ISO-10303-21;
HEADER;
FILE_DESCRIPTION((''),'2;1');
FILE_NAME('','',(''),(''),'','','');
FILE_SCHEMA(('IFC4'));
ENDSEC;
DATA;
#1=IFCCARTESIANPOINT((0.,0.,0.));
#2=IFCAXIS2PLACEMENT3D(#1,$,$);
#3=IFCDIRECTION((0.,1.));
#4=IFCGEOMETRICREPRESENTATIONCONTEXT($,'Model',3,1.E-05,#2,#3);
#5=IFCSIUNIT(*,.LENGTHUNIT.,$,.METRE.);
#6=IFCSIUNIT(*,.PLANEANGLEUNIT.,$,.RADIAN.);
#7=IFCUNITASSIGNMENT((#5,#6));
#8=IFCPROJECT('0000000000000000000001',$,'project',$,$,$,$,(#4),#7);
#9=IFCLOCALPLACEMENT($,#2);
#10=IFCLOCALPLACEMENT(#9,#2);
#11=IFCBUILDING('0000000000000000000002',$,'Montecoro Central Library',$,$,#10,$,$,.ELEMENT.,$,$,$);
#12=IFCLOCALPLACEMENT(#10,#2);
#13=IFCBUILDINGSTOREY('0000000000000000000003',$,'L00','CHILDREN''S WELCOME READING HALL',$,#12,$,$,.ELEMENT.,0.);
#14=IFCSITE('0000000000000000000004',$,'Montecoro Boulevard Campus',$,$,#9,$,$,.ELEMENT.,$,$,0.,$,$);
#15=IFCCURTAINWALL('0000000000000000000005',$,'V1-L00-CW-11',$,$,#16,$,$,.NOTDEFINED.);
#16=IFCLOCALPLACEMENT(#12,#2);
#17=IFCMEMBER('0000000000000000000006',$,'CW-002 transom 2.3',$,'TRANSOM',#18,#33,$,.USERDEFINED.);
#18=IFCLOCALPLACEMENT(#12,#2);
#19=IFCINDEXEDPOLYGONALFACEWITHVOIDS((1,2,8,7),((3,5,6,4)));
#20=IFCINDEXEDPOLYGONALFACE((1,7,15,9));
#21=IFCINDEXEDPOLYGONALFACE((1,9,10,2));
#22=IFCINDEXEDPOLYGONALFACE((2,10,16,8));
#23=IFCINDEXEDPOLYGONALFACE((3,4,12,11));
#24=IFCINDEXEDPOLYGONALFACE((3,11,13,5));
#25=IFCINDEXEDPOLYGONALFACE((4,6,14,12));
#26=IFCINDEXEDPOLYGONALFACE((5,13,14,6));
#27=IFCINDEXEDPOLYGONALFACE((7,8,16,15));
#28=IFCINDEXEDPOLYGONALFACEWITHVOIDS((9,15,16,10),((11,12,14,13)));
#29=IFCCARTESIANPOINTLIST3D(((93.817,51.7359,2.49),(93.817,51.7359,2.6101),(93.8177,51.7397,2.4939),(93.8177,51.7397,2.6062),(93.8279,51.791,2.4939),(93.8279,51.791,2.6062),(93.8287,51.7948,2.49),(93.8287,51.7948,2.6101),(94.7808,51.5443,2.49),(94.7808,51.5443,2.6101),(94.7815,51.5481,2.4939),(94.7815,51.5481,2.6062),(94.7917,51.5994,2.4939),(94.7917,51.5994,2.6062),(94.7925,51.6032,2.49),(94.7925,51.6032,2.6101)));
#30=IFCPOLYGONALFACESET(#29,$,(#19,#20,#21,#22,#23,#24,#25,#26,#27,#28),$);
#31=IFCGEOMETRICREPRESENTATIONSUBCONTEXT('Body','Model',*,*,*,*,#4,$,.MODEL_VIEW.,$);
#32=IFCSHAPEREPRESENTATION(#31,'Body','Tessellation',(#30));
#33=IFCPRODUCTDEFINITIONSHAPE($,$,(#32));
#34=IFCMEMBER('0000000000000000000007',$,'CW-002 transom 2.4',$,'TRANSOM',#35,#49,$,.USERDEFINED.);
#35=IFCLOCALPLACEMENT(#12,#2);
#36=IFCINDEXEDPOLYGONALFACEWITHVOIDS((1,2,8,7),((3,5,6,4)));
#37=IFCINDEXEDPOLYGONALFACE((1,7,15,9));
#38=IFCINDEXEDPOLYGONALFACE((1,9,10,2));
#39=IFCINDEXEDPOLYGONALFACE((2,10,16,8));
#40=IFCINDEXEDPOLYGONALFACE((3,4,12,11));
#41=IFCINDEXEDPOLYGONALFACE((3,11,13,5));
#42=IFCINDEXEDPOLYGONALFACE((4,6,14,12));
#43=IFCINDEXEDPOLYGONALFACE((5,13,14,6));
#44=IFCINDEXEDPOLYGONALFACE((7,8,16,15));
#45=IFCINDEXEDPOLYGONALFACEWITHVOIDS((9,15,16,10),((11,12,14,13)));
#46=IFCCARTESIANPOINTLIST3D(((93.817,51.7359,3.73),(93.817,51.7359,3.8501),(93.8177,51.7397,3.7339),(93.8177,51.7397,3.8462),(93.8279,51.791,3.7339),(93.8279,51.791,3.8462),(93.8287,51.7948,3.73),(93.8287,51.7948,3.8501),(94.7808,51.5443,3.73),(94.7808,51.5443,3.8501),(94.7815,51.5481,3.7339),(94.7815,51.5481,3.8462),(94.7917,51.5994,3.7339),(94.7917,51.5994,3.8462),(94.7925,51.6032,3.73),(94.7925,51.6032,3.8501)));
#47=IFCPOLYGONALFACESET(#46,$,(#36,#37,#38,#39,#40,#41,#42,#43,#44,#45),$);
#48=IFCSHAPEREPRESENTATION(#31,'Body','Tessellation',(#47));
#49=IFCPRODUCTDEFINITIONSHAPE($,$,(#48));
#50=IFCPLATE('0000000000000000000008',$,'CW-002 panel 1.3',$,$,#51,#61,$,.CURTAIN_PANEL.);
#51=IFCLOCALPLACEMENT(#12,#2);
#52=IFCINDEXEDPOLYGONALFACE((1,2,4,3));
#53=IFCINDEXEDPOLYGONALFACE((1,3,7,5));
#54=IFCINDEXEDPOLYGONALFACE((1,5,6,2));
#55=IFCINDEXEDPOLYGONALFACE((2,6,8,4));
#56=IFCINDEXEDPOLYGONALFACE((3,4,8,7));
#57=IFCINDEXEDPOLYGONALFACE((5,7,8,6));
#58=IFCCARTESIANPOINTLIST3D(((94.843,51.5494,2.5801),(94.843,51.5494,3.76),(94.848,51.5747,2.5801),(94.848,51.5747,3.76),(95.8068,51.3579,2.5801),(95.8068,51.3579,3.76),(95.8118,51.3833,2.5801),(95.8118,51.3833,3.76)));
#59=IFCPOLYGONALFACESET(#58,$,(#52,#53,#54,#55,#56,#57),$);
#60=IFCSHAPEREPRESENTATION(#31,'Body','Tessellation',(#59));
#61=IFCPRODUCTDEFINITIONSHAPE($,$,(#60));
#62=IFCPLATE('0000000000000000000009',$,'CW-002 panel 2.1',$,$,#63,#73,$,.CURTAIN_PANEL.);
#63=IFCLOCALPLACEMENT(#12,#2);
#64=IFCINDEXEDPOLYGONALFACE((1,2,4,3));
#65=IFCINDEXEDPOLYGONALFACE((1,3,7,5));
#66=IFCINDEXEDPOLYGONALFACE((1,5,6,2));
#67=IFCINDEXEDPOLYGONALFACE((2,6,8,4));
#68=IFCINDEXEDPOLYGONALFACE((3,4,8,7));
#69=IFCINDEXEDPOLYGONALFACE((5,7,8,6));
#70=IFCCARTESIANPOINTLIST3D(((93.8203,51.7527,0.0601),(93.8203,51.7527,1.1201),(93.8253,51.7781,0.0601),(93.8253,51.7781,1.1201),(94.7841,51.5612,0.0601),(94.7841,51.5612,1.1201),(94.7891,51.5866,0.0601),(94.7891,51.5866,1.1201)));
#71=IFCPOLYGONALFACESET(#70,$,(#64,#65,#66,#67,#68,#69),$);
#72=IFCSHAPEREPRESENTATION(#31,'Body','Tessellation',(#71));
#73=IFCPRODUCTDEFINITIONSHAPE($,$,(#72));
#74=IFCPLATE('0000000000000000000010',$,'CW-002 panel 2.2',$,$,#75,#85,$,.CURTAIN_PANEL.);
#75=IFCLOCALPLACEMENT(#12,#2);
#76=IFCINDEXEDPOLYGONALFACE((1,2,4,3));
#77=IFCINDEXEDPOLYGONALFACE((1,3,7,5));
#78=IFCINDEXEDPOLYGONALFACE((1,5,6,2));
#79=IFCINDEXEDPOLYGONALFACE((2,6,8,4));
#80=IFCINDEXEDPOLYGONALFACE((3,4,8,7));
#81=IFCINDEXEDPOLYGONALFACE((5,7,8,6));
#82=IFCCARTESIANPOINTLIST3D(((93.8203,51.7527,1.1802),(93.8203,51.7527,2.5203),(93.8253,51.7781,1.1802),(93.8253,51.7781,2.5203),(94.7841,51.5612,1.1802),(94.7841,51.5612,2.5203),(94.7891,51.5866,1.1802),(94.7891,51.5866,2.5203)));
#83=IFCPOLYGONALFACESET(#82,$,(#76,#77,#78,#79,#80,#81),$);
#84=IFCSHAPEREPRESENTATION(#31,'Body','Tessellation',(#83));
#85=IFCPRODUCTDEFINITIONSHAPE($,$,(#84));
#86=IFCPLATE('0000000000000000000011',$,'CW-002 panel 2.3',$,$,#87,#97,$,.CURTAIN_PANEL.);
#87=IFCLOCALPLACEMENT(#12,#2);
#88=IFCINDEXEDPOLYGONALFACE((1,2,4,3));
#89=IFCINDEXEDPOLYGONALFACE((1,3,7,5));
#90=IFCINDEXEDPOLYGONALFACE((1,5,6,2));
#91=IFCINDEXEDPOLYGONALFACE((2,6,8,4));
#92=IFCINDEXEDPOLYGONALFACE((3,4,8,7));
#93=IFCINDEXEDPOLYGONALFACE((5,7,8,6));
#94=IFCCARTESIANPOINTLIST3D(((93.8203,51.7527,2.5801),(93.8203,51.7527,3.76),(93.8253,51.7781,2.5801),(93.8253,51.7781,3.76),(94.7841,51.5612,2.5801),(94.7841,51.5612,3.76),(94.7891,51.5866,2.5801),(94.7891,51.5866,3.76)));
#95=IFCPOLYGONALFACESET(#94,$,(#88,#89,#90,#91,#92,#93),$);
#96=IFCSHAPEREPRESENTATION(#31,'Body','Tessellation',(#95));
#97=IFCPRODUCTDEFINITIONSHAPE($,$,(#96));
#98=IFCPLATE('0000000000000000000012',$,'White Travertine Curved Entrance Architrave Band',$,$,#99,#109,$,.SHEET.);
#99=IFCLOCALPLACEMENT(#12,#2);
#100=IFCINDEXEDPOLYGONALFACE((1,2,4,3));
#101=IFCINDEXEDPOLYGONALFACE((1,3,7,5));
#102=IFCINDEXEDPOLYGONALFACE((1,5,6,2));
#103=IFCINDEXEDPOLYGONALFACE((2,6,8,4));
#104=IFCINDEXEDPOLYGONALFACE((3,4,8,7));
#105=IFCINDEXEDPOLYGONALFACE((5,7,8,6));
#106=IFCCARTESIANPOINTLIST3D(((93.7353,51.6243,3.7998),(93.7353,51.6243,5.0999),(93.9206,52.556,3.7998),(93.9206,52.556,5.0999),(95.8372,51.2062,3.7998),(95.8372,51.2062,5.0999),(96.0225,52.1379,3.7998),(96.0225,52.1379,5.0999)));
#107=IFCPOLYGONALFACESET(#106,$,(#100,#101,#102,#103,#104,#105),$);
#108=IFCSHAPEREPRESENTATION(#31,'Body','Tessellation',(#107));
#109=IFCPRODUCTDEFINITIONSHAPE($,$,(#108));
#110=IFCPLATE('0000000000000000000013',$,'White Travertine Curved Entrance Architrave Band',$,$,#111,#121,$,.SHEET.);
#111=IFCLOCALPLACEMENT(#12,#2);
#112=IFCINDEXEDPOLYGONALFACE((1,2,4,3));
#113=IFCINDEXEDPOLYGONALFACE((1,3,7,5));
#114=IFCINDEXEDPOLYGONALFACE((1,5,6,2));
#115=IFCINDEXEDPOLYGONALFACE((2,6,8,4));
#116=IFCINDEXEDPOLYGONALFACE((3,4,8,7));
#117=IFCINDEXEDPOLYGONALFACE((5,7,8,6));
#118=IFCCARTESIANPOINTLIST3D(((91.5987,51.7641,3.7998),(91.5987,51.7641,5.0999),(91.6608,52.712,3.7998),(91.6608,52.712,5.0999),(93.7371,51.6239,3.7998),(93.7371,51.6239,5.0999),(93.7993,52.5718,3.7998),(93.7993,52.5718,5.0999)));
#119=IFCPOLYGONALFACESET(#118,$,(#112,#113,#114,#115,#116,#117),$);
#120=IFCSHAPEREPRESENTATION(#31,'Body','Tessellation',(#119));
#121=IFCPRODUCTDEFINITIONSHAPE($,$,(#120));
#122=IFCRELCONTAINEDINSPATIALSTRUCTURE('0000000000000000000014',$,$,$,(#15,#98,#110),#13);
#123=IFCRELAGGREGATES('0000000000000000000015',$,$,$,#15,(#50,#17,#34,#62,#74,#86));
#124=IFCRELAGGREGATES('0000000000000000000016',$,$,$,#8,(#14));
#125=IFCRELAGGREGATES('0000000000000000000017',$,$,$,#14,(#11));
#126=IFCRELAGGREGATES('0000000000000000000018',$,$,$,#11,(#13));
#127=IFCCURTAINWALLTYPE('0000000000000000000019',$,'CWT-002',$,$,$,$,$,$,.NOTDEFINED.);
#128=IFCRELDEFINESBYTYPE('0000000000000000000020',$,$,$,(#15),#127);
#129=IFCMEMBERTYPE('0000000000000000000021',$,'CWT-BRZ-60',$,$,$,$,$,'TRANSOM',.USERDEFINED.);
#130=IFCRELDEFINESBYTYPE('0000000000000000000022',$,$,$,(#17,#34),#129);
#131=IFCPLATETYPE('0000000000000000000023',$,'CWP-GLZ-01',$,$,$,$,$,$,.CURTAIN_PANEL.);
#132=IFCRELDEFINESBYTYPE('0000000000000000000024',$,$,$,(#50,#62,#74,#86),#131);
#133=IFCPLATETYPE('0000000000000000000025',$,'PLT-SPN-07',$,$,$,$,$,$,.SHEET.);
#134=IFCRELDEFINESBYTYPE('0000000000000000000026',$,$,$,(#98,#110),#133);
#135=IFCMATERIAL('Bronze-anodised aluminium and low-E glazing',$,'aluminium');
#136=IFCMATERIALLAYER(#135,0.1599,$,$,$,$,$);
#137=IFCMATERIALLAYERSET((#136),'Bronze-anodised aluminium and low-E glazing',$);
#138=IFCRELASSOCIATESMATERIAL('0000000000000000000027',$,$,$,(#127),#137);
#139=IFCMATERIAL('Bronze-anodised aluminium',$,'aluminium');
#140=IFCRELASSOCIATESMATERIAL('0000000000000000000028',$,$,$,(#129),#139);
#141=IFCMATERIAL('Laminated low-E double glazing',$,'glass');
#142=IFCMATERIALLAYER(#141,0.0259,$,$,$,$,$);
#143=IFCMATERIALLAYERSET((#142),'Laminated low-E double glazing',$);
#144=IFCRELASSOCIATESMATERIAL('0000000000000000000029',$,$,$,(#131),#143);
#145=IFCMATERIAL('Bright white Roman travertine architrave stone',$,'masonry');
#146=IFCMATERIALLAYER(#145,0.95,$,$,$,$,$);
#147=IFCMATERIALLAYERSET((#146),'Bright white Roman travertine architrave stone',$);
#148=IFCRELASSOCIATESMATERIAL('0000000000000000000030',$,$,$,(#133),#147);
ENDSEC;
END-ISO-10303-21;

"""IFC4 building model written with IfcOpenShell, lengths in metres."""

from ifc_helpers import new_model, si_unit, direction, frame, origin, origin_2d, place, context, subcontext, project, spatial, rectangle, hollow_rectangle, extrude, material, layer, layer_set, material_profile, profile_set, type_object, element, aggregate, save


model = new_model("IFC4")

# Units and contexts
model_context = context("Model", 3, precision=1e-05, world=origin(), true_north=direction((0.0, 1.0)))
body_context = subcontext(model_context, "Body", "Model", "MODEL_VIEW")
ifc_project = project(units=[si_unit("LENGTHUNIT", "METRE"), si_unit("PLANEANGLEUNIT", "RADIAN")], contexts=[model_context])

# Site, building, storey
site_placement = place(None, origin())
site = spatial("IfcSite", under=ifc_project, at=site_placement, Name="Montecoro Boulevard Campus", CompositionType="ELEMENT", RefElevation=0.0)
building_placement = place(site_placement, origin())
building = spatial("IfcBuilding", under=site, at=building_placement, Name="Montecoro Central Library", CompositionType="ELEMENT")
storey_placement = place(building_placement, origin())
storey = spatial("IfcBuildingStorey", under=building, at=storey_placement, Name="L00", Description="CHILDREN'S WELCOME READING HALL", CompositionType="ELEMENT", Elevation=0.0)

# Curtain wall, members, plates
ifc_material_1 = material(Name="Bronze-anodised aluminium and low-E glazing", Category="aluminium")
ifc_layer_1 = layer(ifc_material_1, 0.1599)
ifc_layer_set_1 = layer_set([ifc_layer_1], Name="Bronze-anodised aluminium and low-E glazing")
curtain_wall_type = type_object("IfcCurtainWallType", Name="CWT-002", PredefinedType="NOTDEFINED", material=ifc_layer_set_1)
curtain_wall_placement = place(storey_placement, origin())
curtain_wall = element("IfcCurtainWall", 1, at=curtain_wall_placement, inside=storey, type_object=curtain_wall_type, Name="V1-L00-CW-11", PredefinedType="NOTDEFINED")
ifc_material_2 = material(Name="Bronze-anodised aluminium", Category="aluminium")
ifc_material_profile_1 = material_profile(ifc_material_2, hollow_rectangle(XDim=0.0601, YDim=0.1201, WallThickness=0.0039, at=origin_2d()), Name="CWT 120x60x4.0")
ifc_profile_set_1 = profile_set([ifc_material_profile_1], Name="Bronze-anodised aluminium")
member_type_1 = type_object("IfcMemberType", Name="CWT-BRZ-60", ElementType="TRANSOM", PredefinedType="USERDEFINED", material=ifc_profile_set_1)
member_1_placement = place(storey_placement, frame((94.7866, 51.5737, 2.55), z_axis=(-0.9808, 0.195017, 0.0), x_axis=(-0.195017, -0.9808, 0.0)))
member_1 = element("IfcMember", 2, at=member_1_placement, type_object=member_type_1, Name="CW-002 transom 2.3", ObjectType="TRANSOM", PredefinedType="USERDEFINED", context=body_context, shape_type="SweptSolid", body=[
    extrude(hollow_rectangle(XDim=0.0601, YDim=0.1201, WallThickness=0.0039, at=origin_2d()), origin(), (0.0, 0.0, 1.0), 0.9827),
])
member_2_placement = place(storey_placement, frame((94.7866, 51.5737, 3.79), z_axis=(-0.9808, 0.195017, 0.0), x_axis=(-0.195017, -0.9808, 0.0)))
member_2 = element("IfcMember", 3, at=member_2_placement, type_object=member_type_1, Name="CW-002 transom 2.4", ObjectType="TRANSOM", PredefinedType="USERDEFINED", context=body_context, shape_type="SweptSolid", body=[
    extrude(hollow_rectangle(XDim=0.0601, YDim=0.1201, WallThickness=0.0039, at=origin_2d()), origin(), (0.0, 0.0, 1.0), 0.9827),
])
ifc_material_3 = material(Name="Laminated low-E double glazing", Category="glass")
ifc_layer_2 = layer(ifc_material_3, 0.0259)
ifc_layer_set_2 = layer_set([ifc_layer_2], Name="Laminated low-E double glazing")
plate_type_1 = type_object("IfcPlateType", Name="CWP-GLZ-01", PredefinedType="CURTAIN_PANEL", material=ifc_layer_set_2)
plate_1_placement = place(storey_placement, frame((95.3274, 51.4663, 2.5801), z_axis=(0.0, 0.0, 1.0), x_axis=(-0.980831, 0.194861, 0.0)))
plate_1 = element("IfcPlate", 4, at=plate_1_placement, type_object=plate_type_1, Name="CW-002 panel 1.3", PredefinedType="CURTAIN_PANEL", context=body_context, shape_type="SweptSolid", body=[
    extrude(rectangle(XDim=0.9827, YDim=0.0259, at=origin_2d()), origin(), (0.0, 0.0, 1.0), 1.1799),
])
plate_2_placement = place(storey_placement, frame((94.3047, 51.6697, 0.0601), z_axis=(0.0, 0.0, 1.0), x_axis=(-0.980831, 0.194861, 0.0)))
plate_2 = element("IfcPlate", 5, at=plate_2_placement, type_object=plate_type_1, Name="CW-002 panel 2.1", PredefinedType="CURTAIN_PANEL", context=body_context, shape_type="SweptSolid", body=[
    extrude(rectangle(XDim=0.9827, YDim=0.0259, at=origin_2d()), origin(), (0.0, 0.0, 1.0), 1.0601),
])
plate_3_placement = place(storey_placement, frame((94.3047, 51.6697, 1.1802), z_axis=(0.0, 0.0, 1.0), x_axis=(-0.980831, 0.194861, 0.0)))
plate_3 = element("IfcPlate", 6, at=plate_3_placement, type_object=plate_type_1, Name="CW-002 panel 2.2", PredefinedType="CURTAIN_PANEL", context=body_context, shape_type="SweptSolid", body=[
    extrude(rectangle(XDim=0.9827, YDim=0.0259, at=origin_2d()), origin(), (0.0, 0.0, 1.0), 1.3401),
])
plate_4_placement = place(storey_placement, frame((94.3047, 51.6697, 2.5801), z_axis=(0.0, 0.0, 1.0), x_axis=(-0.980831, 0.194861, 0.0)))
plate_4 = element("IfcPlate", 7, at=plate_4_placement, type_object=plate_type_1, Name="CW-002 panel 2.3", PredefinedType="CURTAIN_PANEL", context=body_context, shape_type="SweptSolid", body=[
    extrude(rectangle(XDim=0.9827, YDim=0.0259, at=origin_2d()), origin(), (0.0, 0.0, 1.0), 1.1799),
])
aggregate(curtain_wall, [plate_1, member_1, member_2, plate_2, plate_3, plate_4])

# Plates
ifc_material_4 = material(Name="Bright white Roman travertine architrave stone", Category="masonry")
ifc_layer_3 = layer(ifc_material_4, 0.95)
ifc_layer_set_3 = layer_set([ifc_layer_3], Name="Bright white Roman travertine architrave stone")
plate_type_2 = type_object("IfcPlateType", Name="PLT-SPN-07", PredefinedType="SHEET", material=ifc_layer_set_3)
for number, where, z_axis, x_axis, name in (
    (8, (94.8789, 51.8811, 3.7998), (0.0, 0.0, 1.0), (-0.980785, 0.19509, 0.0), "White Travertine Curved Entrance Architrave Band"),
    (9, (92.699, 52.168, 3.7998), (0.0, 0.0, 1.0), (-0.997859, 0.065403, 0.0), "White Travertine Curved Entrance Architrave Band"),
):
    element("IfcPlate", number, at=place(storey_placement, frame(where, z_axis=z_axis, x_axis=x_axis)), inside=storey, type_object=plate_type_2, Name=name, PredefinedType="SHEET", context=body_context, shape_type="SweptSolid", body=[
        extrude(rectangle(XDim=2.1431, YDim=0.95, at=origin_2d()), origin(), (0.0, 0.0, 1.0), 1.3),
    ])

save(model, "model.ifc")
